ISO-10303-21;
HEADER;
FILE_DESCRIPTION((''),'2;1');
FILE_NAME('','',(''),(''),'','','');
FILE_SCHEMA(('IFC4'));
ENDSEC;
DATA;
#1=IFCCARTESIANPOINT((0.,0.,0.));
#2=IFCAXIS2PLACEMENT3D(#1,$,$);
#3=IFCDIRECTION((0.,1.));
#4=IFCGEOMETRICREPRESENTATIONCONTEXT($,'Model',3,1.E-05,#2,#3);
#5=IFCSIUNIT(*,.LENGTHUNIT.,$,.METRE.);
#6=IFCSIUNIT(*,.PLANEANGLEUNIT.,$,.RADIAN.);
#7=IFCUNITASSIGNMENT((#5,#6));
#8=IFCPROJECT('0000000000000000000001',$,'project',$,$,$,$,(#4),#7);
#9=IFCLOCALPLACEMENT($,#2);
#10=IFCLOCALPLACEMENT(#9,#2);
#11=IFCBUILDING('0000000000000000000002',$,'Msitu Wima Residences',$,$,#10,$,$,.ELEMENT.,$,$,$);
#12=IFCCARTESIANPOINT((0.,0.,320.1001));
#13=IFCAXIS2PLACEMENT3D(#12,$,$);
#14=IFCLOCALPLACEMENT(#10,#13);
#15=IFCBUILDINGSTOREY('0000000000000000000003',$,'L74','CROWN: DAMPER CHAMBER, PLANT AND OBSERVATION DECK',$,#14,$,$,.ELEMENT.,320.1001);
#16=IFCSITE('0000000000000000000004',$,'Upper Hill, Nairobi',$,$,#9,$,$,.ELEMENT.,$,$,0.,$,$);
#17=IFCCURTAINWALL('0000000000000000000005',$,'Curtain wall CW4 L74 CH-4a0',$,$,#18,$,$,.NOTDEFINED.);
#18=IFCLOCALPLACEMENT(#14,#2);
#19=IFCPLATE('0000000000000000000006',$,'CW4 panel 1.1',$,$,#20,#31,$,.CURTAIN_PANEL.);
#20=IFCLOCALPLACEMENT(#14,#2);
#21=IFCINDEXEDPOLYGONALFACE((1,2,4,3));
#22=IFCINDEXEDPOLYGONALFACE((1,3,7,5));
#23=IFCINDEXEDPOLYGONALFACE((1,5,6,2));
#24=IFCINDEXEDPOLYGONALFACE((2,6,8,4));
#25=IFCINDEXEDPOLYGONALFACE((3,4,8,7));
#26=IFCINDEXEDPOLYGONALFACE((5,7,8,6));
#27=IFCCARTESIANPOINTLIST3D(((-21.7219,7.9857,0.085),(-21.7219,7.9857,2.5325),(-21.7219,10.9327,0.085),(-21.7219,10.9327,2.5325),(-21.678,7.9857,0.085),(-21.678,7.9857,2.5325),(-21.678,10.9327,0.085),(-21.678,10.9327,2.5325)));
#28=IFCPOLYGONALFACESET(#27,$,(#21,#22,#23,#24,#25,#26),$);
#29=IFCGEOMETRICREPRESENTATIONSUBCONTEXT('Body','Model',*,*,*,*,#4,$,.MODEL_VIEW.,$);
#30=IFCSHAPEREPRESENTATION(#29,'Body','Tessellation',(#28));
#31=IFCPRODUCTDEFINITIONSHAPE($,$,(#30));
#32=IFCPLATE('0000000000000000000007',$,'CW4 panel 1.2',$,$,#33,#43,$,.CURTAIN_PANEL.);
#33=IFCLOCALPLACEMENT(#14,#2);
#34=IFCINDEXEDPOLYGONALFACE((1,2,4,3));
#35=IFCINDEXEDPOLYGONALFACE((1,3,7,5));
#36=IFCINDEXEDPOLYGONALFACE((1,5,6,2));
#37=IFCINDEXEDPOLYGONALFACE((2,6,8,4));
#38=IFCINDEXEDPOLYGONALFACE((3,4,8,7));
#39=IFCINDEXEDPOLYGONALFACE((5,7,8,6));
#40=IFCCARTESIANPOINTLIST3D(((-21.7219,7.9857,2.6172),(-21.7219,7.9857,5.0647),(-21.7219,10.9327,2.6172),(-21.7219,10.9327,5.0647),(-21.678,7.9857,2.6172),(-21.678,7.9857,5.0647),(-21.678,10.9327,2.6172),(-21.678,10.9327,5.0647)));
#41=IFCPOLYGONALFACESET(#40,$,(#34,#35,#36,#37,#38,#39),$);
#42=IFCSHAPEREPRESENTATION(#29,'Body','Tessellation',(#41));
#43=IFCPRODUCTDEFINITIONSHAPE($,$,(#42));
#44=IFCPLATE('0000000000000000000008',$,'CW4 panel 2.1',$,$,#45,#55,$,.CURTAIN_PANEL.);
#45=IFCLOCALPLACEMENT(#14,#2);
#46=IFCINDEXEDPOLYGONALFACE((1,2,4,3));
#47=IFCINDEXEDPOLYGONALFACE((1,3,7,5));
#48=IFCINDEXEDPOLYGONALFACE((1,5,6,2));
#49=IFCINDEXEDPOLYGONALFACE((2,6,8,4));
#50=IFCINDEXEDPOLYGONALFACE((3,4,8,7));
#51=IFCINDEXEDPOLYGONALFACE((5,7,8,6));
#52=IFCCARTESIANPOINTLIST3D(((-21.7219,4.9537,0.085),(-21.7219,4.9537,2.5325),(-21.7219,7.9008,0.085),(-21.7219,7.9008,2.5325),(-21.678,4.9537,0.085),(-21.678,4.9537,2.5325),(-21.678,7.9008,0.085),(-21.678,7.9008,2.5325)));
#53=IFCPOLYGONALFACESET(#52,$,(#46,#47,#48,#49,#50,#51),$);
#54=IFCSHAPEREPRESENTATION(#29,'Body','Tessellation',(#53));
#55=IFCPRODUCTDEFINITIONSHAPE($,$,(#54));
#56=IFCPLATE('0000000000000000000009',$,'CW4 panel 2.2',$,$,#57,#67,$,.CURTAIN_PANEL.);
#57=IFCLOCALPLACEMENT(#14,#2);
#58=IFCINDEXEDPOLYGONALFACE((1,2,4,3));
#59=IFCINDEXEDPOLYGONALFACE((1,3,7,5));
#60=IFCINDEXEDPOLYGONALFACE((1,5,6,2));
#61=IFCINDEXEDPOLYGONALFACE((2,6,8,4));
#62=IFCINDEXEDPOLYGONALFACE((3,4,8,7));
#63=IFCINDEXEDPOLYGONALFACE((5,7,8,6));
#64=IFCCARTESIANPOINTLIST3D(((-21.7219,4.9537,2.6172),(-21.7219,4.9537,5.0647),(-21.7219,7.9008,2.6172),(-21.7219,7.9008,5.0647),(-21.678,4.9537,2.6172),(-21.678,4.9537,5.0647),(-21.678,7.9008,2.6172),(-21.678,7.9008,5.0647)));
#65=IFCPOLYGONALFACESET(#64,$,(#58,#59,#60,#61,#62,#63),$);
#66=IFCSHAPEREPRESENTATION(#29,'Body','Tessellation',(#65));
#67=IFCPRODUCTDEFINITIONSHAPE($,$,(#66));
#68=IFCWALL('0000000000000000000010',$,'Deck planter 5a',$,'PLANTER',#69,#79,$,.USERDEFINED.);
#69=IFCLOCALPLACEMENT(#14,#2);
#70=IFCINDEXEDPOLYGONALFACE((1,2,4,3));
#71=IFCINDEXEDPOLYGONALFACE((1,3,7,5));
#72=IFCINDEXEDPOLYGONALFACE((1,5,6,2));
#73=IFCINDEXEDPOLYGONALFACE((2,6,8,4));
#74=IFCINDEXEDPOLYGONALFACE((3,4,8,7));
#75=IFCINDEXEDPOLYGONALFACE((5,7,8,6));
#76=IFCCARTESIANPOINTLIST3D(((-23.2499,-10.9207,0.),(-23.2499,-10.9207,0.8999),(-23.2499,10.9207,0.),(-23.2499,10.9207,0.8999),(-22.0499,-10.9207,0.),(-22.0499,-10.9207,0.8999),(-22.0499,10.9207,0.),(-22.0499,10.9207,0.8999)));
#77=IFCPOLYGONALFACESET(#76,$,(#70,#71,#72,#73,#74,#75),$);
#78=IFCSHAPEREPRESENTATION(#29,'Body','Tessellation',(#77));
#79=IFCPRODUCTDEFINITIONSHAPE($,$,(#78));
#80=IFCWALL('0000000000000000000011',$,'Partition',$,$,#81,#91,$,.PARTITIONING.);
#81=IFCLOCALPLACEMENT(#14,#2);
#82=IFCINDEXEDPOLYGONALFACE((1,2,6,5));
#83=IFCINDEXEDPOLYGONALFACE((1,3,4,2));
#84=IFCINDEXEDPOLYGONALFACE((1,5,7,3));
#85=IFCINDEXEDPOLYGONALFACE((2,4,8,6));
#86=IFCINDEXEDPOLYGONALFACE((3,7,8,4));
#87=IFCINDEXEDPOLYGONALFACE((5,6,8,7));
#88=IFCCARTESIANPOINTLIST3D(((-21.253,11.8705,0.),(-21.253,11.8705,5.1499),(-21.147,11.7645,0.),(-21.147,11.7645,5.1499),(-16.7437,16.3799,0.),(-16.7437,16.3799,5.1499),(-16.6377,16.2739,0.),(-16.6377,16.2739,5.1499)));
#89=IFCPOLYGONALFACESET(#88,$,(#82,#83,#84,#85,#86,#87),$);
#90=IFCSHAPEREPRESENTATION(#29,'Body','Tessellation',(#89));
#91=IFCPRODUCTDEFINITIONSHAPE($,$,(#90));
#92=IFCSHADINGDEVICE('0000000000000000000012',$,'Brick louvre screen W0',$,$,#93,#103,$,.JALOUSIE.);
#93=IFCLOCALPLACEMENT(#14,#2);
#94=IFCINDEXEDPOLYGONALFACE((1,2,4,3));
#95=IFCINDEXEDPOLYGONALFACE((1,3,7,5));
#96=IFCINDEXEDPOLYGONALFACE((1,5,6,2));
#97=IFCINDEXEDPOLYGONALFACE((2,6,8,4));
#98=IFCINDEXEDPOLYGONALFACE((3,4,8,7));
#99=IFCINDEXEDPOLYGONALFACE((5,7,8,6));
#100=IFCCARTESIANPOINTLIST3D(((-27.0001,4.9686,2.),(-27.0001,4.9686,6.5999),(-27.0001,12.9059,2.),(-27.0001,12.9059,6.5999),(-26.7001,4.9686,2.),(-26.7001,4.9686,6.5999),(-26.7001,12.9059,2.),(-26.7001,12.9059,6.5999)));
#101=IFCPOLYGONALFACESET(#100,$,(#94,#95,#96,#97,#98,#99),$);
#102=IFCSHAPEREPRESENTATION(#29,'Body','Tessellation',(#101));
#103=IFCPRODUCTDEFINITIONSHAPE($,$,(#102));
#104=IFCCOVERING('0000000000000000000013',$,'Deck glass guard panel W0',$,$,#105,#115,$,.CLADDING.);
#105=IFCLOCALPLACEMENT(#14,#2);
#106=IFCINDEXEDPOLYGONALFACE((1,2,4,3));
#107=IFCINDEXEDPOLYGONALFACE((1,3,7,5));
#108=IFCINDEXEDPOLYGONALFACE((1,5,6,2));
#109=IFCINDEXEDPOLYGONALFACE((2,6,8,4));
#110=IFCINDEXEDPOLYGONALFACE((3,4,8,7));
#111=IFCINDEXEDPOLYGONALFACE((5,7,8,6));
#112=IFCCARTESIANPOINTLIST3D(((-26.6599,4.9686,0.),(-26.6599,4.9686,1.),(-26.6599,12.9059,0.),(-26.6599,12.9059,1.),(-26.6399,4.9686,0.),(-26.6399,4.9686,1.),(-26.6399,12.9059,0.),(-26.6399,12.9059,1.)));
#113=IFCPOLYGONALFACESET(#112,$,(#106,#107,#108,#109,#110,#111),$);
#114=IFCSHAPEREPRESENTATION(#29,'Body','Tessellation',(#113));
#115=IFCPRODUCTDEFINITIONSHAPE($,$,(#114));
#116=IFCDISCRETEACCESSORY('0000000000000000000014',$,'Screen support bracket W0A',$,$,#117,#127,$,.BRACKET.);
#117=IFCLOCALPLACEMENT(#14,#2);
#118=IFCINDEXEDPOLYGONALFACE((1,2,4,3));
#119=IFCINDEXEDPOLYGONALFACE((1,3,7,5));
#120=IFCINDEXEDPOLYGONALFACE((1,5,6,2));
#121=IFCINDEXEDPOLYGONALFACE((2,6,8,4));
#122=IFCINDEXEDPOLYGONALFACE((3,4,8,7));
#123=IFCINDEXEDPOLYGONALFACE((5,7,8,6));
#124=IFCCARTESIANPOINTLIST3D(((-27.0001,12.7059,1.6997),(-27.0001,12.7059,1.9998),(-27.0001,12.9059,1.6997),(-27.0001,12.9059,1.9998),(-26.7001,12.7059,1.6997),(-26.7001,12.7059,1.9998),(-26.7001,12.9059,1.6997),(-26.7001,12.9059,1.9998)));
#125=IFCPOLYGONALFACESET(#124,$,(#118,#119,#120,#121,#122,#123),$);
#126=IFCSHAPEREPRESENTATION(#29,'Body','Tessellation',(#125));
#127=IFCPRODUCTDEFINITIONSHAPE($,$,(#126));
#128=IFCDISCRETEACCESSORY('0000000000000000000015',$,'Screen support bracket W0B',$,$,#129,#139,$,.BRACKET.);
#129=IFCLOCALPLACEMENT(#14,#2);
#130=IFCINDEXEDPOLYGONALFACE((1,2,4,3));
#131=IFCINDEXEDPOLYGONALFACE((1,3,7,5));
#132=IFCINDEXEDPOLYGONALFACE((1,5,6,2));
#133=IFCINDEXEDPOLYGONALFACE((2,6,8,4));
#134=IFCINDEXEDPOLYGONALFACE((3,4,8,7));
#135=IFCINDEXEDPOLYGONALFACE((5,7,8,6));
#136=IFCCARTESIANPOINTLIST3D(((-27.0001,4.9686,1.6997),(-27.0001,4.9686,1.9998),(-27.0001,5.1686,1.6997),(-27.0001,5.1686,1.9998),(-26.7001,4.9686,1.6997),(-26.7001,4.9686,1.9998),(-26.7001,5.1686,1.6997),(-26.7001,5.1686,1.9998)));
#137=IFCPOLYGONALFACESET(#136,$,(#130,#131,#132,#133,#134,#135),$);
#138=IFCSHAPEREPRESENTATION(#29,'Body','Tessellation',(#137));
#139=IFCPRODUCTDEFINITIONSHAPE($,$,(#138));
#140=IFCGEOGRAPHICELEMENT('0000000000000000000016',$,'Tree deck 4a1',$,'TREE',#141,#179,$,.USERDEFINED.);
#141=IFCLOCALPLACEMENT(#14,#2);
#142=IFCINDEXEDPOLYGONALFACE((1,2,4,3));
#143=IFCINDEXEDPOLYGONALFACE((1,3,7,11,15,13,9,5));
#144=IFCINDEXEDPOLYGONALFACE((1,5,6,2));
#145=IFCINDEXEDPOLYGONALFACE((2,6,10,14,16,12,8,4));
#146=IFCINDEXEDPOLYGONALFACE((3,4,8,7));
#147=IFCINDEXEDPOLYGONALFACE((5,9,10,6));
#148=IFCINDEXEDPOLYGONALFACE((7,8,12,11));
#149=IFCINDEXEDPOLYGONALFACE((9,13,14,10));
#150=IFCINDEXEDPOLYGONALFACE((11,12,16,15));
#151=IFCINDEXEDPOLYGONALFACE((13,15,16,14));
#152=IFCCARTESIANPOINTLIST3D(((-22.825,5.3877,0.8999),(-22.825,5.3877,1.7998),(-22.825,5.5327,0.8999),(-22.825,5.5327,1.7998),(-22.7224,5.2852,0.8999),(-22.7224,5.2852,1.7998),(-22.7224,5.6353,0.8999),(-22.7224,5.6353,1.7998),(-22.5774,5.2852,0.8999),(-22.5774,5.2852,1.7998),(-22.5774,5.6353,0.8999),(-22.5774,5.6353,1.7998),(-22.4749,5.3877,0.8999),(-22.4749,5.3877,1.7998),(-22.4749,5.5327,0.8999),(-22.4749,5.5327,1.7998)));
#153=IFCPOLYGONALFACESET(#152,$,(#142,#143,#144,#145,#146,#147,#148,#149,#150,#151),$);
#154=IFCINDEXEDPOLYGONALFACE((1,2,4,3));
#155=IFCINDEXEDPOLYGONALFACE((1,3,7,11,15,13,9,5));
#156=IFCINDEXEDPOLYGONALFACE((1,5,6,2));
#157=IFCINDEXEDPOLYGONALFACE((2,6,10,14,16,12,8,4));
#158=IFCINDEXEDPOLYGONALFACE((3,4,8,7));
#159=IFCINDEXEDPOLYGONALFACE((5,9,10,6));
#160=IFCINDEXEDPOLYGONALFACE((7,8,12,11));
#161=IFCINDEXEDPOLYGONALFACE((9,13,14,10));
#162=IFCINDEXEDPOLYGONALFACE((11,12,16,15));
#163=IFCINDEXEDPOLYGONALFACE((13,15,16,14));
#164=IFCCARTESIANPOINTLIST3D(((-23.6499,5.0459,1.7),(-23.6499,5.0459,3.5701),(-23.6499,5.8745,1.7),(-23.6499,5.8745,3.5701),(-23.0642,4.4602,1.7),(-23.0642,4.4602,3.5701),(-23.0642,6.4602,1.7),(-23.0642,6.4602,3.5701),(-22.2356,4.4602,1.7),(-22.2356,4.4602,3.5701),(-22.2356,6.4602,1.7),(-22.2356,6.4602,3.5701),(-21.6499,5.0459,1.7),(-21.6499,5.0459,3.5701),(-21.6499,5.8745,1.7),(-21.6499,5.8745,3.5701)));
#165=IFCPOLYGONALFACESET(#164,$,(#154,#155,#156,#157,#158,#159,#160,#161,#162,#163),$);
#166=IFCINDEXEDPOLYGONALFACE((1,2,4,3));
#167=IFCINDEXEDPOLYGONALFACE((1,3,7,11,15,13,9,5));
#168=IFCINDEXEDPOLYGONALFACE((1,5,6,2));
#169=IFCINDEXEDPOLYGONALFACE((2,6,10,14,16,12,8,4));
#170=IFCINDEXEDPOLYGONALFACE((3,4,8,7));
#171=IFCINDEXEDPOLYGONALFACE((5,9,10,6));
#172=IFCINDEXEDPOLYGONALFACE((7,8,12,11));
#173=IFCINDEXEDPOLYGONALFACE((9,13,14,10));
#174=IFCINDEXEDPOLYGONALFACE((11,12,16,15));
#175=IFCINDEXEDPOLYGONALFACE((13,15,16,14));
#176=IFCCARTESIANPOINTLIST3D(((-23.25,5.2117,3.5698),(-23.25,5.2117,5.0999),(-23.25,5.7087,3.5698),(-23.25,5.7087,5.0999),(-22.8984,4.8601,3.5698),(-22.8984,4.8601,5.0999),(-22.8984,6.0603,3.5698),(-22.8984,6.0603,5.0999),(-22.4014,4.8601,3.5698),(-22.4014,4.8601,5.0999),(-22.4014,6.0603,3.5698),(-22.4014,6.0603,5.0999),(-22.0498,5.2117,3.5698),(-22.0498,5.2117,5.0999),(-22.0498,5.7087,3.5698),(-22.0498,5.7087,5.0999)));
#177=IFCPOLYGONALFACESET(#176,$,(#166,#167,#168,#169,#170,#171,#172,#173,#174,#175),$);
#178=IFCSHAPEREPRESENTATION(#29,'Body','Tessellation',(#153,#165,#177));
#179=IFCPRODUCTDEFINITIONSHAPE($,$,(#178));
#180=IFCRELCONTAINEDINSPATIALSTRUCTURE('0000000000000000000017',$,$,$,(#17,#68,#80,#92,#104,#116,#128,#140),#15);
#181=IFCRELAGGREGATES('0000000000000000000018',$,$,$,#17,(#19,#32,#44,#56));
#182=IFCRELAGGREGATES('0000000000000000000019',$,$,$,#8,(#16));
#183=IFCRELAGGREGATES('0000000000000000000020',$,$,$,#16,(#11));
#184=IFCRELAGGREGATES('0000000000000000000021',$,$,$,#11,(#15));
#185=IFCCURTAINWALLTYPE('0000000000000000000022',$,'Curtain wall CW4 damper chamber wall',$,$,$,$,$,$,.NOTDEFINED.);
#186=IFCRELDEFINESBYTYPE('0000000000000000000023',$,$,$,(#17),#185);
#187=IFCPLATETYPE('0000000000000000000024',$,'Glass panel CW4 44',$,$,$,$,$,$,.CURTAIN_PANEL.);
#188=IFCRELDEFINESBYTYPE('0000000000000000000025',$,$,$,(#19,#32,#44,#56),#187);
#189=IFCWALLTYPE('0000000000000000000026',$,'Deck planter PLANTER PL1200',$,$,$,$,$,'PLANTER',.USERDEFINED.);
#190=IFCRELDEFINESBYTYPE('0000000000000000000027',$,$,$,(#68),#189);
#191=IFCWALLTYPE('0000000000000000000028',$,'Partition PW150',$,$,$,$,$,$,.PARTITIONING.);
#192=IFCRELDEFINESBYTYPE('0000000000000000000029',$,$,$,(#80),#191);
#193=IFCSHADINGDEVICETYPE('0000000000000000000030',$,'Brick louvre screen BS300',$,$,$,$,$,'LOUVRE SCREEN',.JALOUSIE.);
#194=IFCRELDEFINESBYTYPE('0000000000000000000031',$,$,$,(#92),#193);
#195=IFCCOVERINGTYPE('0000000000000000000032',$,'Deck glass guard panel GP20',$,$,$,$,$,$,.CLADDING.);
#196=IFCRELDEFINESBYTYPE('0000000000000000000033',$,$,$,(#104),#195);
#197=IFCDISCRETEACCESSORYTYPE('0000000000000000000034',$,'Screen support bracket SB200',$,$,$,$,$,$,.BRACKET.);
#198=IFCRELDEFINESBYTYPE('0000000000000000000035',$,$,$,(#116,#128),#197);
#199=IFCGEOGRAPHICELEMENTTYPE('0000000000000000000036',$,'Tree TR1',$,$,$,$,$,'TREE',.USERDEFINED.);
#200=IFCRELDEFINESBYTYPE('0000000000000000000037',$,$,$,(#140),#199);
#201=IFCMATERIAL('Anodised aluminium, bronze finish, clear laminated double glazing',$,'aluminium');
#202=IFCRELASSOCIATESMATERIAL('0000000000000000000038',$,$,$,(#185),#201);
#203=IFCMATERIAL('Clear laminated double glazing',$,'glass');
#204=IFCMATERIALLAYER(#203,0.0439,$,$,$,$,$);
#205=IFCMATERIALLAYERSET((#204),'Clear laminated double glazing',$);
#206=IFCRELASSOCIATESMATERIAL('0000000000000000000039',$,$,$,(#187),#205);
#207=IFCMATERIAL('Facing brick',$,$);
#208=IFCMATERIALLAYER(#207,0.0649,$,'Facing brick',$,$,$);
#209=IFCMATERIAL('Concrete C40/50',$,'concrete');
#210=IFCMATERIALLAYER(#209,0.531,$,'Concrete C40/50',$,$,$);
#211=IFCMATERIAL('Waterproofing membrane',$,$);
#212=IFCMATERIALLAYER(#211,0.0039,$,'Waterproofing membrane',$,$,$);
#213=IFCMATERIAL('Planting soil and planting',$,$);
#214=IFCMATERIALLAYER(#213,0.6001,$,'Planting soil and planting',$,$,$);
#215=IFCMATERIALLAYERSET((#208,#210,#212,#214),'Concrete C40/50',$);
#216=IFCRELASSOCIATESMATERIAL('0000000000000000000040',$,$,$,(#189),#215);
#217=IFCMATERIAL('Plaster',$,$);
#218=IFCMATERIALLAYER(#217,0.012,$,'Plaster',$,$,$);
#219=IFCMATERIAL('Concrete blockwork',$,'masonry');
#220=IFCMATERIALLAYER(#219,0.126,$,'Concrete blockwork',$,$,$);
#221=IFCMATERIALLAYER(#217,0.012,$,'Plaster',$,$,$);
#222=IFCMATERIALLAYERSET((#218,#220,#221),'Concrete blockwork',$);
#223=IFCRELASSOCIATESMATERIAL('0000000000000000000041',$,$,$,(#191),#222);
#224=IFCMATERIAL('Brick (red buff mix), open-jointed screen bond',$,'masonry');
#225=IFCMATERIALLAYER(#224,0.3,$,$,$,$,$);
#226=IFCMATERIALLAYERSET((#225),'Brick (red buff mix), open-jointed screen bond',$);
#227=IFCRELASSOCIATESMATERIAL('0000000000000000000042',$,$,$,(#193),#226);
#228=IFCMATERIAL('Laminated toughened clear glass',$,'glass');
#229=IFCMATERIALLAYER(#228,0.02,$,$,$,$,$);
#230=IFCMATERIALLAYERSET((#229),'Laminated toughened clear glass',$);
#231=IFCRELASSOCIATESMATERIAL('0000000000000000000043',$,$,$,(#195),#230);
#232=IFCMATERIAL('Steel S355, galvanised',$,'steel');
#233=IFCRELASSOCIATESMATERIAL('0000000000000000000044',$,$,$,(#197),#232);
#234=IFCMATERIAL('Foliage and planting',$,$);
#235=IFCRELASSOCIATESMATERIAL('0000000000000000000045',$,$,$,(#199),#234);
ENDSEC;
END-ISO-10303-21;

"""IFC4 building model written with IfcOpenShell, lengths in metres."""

from ifc_helpers import new_model, si_unit, direction, frame, frame_2d, origin, origin_2d, place, context, subcontext, project, spatial, polyline, rectangle, outline, extrude, material, layer, layer_set, type_object, element, aggregate, save


model = new_model("IFC4")

# Units and contexts
model_context = context("Model", 3, precision=1e-05, world=origin(), true_north=direction((0.0, 1.0)))
body_context = subcontext(model_context, "Body", "Model", "MODEL_VIEW")
ifc_project = project(units=[si_unit("LENGTHUNIT", "METRE"), si_unit("PLANEANGLEUNIT", "RADIAN")], contexts=[model_context])

# Site, building, storey
site_placement = place(None, origin())
site = spatial("IfcSite", under=ifc_project, at=site_placement, Name="Upper Hill, Nairobi", CompositionType="ELEMENT", RefElevation=0.0)
building_placement = place(site_placement, origin())
building = spatial("IfcBuilding", under=site, at=building_placement, Name="Msitu Wima Residences", CompositionType="ELEMENT")
storey_placement = place(building_placement, frame((0.0, 0.0, 320.1001)))
storey = spatial("IfcBuildingStorey", under=building, at=storey_placement, Name="L74", Description="CROWN: DAMPER CHAMBER, PLANT AND OBSERVATION DECK", CompositionType="ELEMENT", Elevation=320.1001)

# Shared definitions
ifc_material_1 = material(Name="Anodised aluminium, bronze finish, clear laminated double glazing", Category="aluminium")
curtain_wall_type = type_object("IfcCurtainWallType", Name="Curtain wall CW4 damper chamber wall", PredefinedType="NOTDEFINED", material=ifc_material_1)

# Curtain wall, plates
curtain_wall_1_placement = place(storey_placement, origin())
curtain_wall_1 = element("IfcCurtainWall", 1, at=curtain_wall_1_placement, inside=storey, type_object=curtain_wall_type, Name="Curtain wall CW4 L74 CH-4a0", PredefinedType="NOTDEFINED")
ifc_material_2 = material(Name="Clear laminated double glazing", Category="glass")
ifc_layer_1 = layer(ifc_material_2, 0.0439)
ifc_layer_set_1 = layer_set([ifc_layer_1], Name="Clear laminated double glazing")
plate_type = type_object("IfcPlateType", Name="Glass panel CW4 44", PredefinedType="CURTAIN_PANEL", material=ifc_layer_set_1)
plate_1_placement = place(storey_placement, frame((-21.7, 9.4592, 0.085), z_axis=(0.0, 0.0, 1.0), x_axis=(0.0, -1.0, 0.0)))
plate_1 = element("IfcPlate", 2, at=plate_1_placement, type_object=plate_type, Name="CW4 panel 1.1", PredefinedType="CURTAIN_PANEL", context=body_context, shape_type="SweptSolid", body=[
    extrude(rectangle(XDim=2.947, YDim=0.0439, at=origin_2d()), origin(), (0.0, 0.0, 1.0), 2.4475),
])
plate_2_placement = place(storey_placement, frame((-21.7, 9.4592, 2.6172), z_axis=(0.0, 0.0, 1.0), x_axis=(0.0, -1.0, 0.0)))
plate_2 = element("IfcPlate", 3, at=plate_2_placement, type_object=plate_type, Name="CW4 panel 1.2", PredefinedType="CURTAIN_PANEL", context=body_context, shape_type="SweptSolid", body=[
    extrude(rectangle(XDim=2.947, YDim=0.0439, at=origin_2d()), origin(), (0.0, 0.0, 1.0), 2.4475),
])
plate_3_placement = place(storey_placement, frame((-21.7, 6.4272, 0.085), z_axis=(0.0, 0.0, 1.0), x_axis=(0.0, -1.0, 0.0)))
plate_3 = element("IfcPlate", 4, at=plate_3_placement, type_object=plate_type, Name="CW4 panel 2.1", PredefinedType="CURTAIN_PANEL", context=body_context, shape_type="SweptSolid", body=[
    extrude(rectangle(XDim=2.947, YDim=0.0439, at=origin_2d()), origin(), (0.0, 0.0, 1.0), 2.4475),
])
plate_4_placement = place(storey_placement, frame((-21.7, 6.4272, 2.6172), z_axis=(0.0, 0.0, 1.0), x_axis=(0.0, -1.0, 0.0)))
plate_4 = element("IfcPlate", 5, at=plate_4_placement, type_object=plate_type, Name="CW4 panel 2.2", PredefinedType="CURTAIN_PANEL", context=body_context, shape_type="SweptSolid", body=[
    extrude(rectangle(XDim=2.947, YDim=0.0439, at=origin_2d()), origin(), (0.0, 0.0, 1.0), 2.4475),
])
aggregate(curtain_wall_1, [plate_1, plate_2, plate_3, plate_4])

# Walls
ifc_material_3 = material(Name="Facing brick")
ifc_layer_2 = layer(ifc_material_3, 0.0649, Name="Facing brick")
ifc_material_4 = material(Name="Concrete C40/50", Category="concrete")
ifc_layer_3 = layer(ifc_material_4, 0.531, Name="Concrete C40/50")
ifc_material_5 = material(Name="Waterproofing membrane")
ifc_layer_4 = layer(ifc_material_5, 0.0039, Name="Waterproofing membrane")
ifc_material_6 = material(Name="Planting soil and planting")
ifc_layer_5 = layer(ifc_material_6, 0.6001, Name="Planting soil and planting")
ifc_layer_set_2 = layer_set([ifc_layer_2, ifc_layer_3, ifc_layer_4, ifc_layer_5], Name="Concrete C40/50")
wall_type_1 = type_object("IfcWallType", Name="Deck planter PLANTER PL1200", ElementType="PLANTER", PredefinedType="USERDEFINED", material=ifc_layer_set_2)
wall_1_placement = place(storey_placement, frame((-22.6499, 10.9207, 0.0), z_axis=(0.0, 0.0, 1.0), x_axis=(0.0, -1.0, 0.0)))
element("IfcWall", 6, at=wall_1_placement, inside=storey, type_object=wall_type_1, Name="Deck planter 5a", ObjectType="PLANTER", PredefinedType="USERDEFINED", context=body_context, shape_type="SweptSolid", body=[
    extrude(rectangle(XDim=21.8413, YDim=1.2, at=frame_2d((10.9207, 0.0))), origin(), (0.0, 0.0, 1.0), 0.8999),
])
ifc_material_7 = material(Name="Plaster")
ifc_layer_6 = layer(ifc_material_7, 0.012, Name="Plaster")
ifc_material_8 = material(Name="Concrete blockwork", Category="masonry")
ifc_layer_7 = layer(ifc_material_8, 0.126, Name="Concrete blockwork")
ifc_layer_8 = layer(ifc_material_7, 0.012, Name="Plaster")
ifc_layer_set_3 = layer_set([ifc_layer_6, ifc_layer_7, ifc_layer_8], Name="Concrete blockwork")
wall_type_2 = type_object("IfcWallType", Name="Partition PW150", PredefinedType="PARTITIONING", material=ifc_layer_set_3)
wall_2_placement = place(storey_placement, frame((-21.2, 11.8176, 0.0), z_axis=(0.0, 0.0, 1.0), x_axis=(0.707107, 0.707107, 0.0)))
element("IfcWall", 7, at=wall_2_placement, inside=storey, type_object=wall_type_2, Name="Partition", PredefinedType="PARTITIONING", context=body_context, shape_type="SweptSolid", body=[
    extrude(rectangle(XDim=6.3772, YDim=0.1499, at=frame_2d((3.1885, 0.0))), origin(), (0.0, 0.0, 1.0), 5.1499),
])

# Shading device
ifc_material_9 = material(Name="Brick (red buff mix), open-jointed screen bond", Category="masonry")
ifc_layer_9 = layer(ifc_material_9, 0.3)
ifc_layer_set_4 = layer_set([ifc_layer_9], Name="Brick (red buff mix), open-jointed screen bond")
shading_device_type = type_object("IfcShadingDeviceType", Name="Brick louvre screen BS300", ElementType="LOUVRE SCREEN", PredefinedType="JALOUSIE", material=ifc_layer_set_4)
shading_device_placement = place(storey_placement, frame((-26.8501, 12.906, 2.0), z_axis=(0.0, 0.0, 1.0), x_axis=(0.0, -1.0, 0.0)))
element("IfcShadingDevice", 8, at=shading_device_placement, inside=storey, type_object=shading_device_type, Name="Brick louvre screen W0", PredefinedType="JALOUSIE", context=body_context, shape_type="SweptSolid", body=[
    extrude(rectangle(XDim=7.9373, YDim=0.3, at=frame_2d((3.9688, 0.0))), origin(), (0.0, 0.0, 1.0), 4.5999),
])

# Covering
ifc_material_10 = material(Name="Laminated toughened clear glass", Category="glass")
ifc_layer_10 = layer(ifc_material_10, 0.02)
ifc_layer_set_5 = layer_set([ifc_layer_10], Name="Laminated toughened clear glass")
covering_type = type_object("IfcCoveringType", Name="Deck glass guard panel GP20", PredefinedType="CLADDING", material=ifc_layer_set_5)
covering_placement = place(storey_placement, frame((-26.6499, 8.9373, 0.0), z_axis=(0.0, 0.0, 1.0), x_axis=(0.0, -1.0, 0.0)))
element("IfcCovering", 9, at=covering_placement, inside=storey, type_object=covering_type, Name="Deck glass guard panel W0", PredefinedType="CLADDING", context=body_context, shape_type="SweptSolid", body=[
    extrude(rectangle(XDim=7.9373, YDim=0.02, at=origin_2d()), origin(), (0.0, 0.0, 1.0), 1.0),
])

# Discrete accessories
ifc_material_11 = material(Name="Steel S355, galvanised", Category="steel")
discrete_accessory_type = type_object("IfcDiscreteAccessoryType", Name="Screen support bracket SB200", PredefinedType="BRACKET", material=ifc_material_11)
for number, where, z_axis, x_axis, name in (
    (10, (-26.8501, 12.8059, 1.6997), (0.0, 0.0, 1.0), (0.0, -1.0, 0.0), "Screen support bracket W0A"),
    (11, (-26.8501, 5.0686, 1.6997), (0.0, 0.0, 1.0), (0.0, -1.0, 0.0), "Screen support bracket W0B"),
):
    element("IfcDiscreteAccessory", number, at=place(storey_placement, frame(where, z_axis=z_axis, x_axis=x_axis)), inside=storey, type_object=discrete_accessory_type, Name=name, PredefinedType="BRACKET", context=body_context, shape_type="SweptSolid", body=[
        extrude(rectangle(XDim=0.2, YDim=0.3, at=origin_2d()), origin(), (0.0, 0.0, 1.0), 0.3),
    ])

# Geographic element
ifc_material_12 = material(Name="Foliage and planting")
geographic_element_type = type_object("IfcGeographicElementType", Name="Tree TR1", ElementType="TREE", PredefinedType="USERDEFINED", material=ifc_material_12)
geographic_element_placement = place(storey_placement, frame((-22.6499, 5.4602, 0.8999), z_axis=(0.0, 0.0, 1.0), x_axis=(1.0, 0.0, 0.0)))
element("IfcGeographicElement", 12, at=geographic_element_placement, inside=storey, type_object=geographic_element_type, Name="Tree deck 4a1", ObjectType="TREE", PredefinedType="USERDEFINED", context=body_context, shape_type="SweptSolid", body=[
    extrude(outline(polyline([(0.175, 0.0725), (0.0725, 0.175), (-0.0725, 0.175), (-0.175, 0.0725), (-0.175, -0.0725), (-0.0725, -0.175), (0.0725, -0.175), (0.175, -0.0725), (0.175, 0.0725)])), origin(), (0.0, 0.0, 1.0), 0.8999),
    extrude(outline(polyline([(1.0, 0.4143), (0.4143, 1.0), (-0.4143, 1.0), (-1.0, 0.4143), (-1.0, -0.4143), (-0.4143, -1.0), (0.4143, -1.0), (1.0, -0.4143), (1.0, 0.4143)])), frame((0.0, 0.0, 0.8)), (0.0, 0.0, 1.0), 1.8701),
    extrude(outline(polyline([(0.6001, 0.2485), (0.2485, 0.6001), (-0.2485, 0.6001), (-0.6001, 0.2485), (-0.6001, -0.2485), (-0.2485, -0.6001), (0.2485, -0.6001), (0.6001, -0.2485), (0.6001, 0.2485)])), frame((0.0, 0.0, 2.6699)), (0.0, 0.0, 1.0), 1.53),
])

save(model, "model.ifc")
